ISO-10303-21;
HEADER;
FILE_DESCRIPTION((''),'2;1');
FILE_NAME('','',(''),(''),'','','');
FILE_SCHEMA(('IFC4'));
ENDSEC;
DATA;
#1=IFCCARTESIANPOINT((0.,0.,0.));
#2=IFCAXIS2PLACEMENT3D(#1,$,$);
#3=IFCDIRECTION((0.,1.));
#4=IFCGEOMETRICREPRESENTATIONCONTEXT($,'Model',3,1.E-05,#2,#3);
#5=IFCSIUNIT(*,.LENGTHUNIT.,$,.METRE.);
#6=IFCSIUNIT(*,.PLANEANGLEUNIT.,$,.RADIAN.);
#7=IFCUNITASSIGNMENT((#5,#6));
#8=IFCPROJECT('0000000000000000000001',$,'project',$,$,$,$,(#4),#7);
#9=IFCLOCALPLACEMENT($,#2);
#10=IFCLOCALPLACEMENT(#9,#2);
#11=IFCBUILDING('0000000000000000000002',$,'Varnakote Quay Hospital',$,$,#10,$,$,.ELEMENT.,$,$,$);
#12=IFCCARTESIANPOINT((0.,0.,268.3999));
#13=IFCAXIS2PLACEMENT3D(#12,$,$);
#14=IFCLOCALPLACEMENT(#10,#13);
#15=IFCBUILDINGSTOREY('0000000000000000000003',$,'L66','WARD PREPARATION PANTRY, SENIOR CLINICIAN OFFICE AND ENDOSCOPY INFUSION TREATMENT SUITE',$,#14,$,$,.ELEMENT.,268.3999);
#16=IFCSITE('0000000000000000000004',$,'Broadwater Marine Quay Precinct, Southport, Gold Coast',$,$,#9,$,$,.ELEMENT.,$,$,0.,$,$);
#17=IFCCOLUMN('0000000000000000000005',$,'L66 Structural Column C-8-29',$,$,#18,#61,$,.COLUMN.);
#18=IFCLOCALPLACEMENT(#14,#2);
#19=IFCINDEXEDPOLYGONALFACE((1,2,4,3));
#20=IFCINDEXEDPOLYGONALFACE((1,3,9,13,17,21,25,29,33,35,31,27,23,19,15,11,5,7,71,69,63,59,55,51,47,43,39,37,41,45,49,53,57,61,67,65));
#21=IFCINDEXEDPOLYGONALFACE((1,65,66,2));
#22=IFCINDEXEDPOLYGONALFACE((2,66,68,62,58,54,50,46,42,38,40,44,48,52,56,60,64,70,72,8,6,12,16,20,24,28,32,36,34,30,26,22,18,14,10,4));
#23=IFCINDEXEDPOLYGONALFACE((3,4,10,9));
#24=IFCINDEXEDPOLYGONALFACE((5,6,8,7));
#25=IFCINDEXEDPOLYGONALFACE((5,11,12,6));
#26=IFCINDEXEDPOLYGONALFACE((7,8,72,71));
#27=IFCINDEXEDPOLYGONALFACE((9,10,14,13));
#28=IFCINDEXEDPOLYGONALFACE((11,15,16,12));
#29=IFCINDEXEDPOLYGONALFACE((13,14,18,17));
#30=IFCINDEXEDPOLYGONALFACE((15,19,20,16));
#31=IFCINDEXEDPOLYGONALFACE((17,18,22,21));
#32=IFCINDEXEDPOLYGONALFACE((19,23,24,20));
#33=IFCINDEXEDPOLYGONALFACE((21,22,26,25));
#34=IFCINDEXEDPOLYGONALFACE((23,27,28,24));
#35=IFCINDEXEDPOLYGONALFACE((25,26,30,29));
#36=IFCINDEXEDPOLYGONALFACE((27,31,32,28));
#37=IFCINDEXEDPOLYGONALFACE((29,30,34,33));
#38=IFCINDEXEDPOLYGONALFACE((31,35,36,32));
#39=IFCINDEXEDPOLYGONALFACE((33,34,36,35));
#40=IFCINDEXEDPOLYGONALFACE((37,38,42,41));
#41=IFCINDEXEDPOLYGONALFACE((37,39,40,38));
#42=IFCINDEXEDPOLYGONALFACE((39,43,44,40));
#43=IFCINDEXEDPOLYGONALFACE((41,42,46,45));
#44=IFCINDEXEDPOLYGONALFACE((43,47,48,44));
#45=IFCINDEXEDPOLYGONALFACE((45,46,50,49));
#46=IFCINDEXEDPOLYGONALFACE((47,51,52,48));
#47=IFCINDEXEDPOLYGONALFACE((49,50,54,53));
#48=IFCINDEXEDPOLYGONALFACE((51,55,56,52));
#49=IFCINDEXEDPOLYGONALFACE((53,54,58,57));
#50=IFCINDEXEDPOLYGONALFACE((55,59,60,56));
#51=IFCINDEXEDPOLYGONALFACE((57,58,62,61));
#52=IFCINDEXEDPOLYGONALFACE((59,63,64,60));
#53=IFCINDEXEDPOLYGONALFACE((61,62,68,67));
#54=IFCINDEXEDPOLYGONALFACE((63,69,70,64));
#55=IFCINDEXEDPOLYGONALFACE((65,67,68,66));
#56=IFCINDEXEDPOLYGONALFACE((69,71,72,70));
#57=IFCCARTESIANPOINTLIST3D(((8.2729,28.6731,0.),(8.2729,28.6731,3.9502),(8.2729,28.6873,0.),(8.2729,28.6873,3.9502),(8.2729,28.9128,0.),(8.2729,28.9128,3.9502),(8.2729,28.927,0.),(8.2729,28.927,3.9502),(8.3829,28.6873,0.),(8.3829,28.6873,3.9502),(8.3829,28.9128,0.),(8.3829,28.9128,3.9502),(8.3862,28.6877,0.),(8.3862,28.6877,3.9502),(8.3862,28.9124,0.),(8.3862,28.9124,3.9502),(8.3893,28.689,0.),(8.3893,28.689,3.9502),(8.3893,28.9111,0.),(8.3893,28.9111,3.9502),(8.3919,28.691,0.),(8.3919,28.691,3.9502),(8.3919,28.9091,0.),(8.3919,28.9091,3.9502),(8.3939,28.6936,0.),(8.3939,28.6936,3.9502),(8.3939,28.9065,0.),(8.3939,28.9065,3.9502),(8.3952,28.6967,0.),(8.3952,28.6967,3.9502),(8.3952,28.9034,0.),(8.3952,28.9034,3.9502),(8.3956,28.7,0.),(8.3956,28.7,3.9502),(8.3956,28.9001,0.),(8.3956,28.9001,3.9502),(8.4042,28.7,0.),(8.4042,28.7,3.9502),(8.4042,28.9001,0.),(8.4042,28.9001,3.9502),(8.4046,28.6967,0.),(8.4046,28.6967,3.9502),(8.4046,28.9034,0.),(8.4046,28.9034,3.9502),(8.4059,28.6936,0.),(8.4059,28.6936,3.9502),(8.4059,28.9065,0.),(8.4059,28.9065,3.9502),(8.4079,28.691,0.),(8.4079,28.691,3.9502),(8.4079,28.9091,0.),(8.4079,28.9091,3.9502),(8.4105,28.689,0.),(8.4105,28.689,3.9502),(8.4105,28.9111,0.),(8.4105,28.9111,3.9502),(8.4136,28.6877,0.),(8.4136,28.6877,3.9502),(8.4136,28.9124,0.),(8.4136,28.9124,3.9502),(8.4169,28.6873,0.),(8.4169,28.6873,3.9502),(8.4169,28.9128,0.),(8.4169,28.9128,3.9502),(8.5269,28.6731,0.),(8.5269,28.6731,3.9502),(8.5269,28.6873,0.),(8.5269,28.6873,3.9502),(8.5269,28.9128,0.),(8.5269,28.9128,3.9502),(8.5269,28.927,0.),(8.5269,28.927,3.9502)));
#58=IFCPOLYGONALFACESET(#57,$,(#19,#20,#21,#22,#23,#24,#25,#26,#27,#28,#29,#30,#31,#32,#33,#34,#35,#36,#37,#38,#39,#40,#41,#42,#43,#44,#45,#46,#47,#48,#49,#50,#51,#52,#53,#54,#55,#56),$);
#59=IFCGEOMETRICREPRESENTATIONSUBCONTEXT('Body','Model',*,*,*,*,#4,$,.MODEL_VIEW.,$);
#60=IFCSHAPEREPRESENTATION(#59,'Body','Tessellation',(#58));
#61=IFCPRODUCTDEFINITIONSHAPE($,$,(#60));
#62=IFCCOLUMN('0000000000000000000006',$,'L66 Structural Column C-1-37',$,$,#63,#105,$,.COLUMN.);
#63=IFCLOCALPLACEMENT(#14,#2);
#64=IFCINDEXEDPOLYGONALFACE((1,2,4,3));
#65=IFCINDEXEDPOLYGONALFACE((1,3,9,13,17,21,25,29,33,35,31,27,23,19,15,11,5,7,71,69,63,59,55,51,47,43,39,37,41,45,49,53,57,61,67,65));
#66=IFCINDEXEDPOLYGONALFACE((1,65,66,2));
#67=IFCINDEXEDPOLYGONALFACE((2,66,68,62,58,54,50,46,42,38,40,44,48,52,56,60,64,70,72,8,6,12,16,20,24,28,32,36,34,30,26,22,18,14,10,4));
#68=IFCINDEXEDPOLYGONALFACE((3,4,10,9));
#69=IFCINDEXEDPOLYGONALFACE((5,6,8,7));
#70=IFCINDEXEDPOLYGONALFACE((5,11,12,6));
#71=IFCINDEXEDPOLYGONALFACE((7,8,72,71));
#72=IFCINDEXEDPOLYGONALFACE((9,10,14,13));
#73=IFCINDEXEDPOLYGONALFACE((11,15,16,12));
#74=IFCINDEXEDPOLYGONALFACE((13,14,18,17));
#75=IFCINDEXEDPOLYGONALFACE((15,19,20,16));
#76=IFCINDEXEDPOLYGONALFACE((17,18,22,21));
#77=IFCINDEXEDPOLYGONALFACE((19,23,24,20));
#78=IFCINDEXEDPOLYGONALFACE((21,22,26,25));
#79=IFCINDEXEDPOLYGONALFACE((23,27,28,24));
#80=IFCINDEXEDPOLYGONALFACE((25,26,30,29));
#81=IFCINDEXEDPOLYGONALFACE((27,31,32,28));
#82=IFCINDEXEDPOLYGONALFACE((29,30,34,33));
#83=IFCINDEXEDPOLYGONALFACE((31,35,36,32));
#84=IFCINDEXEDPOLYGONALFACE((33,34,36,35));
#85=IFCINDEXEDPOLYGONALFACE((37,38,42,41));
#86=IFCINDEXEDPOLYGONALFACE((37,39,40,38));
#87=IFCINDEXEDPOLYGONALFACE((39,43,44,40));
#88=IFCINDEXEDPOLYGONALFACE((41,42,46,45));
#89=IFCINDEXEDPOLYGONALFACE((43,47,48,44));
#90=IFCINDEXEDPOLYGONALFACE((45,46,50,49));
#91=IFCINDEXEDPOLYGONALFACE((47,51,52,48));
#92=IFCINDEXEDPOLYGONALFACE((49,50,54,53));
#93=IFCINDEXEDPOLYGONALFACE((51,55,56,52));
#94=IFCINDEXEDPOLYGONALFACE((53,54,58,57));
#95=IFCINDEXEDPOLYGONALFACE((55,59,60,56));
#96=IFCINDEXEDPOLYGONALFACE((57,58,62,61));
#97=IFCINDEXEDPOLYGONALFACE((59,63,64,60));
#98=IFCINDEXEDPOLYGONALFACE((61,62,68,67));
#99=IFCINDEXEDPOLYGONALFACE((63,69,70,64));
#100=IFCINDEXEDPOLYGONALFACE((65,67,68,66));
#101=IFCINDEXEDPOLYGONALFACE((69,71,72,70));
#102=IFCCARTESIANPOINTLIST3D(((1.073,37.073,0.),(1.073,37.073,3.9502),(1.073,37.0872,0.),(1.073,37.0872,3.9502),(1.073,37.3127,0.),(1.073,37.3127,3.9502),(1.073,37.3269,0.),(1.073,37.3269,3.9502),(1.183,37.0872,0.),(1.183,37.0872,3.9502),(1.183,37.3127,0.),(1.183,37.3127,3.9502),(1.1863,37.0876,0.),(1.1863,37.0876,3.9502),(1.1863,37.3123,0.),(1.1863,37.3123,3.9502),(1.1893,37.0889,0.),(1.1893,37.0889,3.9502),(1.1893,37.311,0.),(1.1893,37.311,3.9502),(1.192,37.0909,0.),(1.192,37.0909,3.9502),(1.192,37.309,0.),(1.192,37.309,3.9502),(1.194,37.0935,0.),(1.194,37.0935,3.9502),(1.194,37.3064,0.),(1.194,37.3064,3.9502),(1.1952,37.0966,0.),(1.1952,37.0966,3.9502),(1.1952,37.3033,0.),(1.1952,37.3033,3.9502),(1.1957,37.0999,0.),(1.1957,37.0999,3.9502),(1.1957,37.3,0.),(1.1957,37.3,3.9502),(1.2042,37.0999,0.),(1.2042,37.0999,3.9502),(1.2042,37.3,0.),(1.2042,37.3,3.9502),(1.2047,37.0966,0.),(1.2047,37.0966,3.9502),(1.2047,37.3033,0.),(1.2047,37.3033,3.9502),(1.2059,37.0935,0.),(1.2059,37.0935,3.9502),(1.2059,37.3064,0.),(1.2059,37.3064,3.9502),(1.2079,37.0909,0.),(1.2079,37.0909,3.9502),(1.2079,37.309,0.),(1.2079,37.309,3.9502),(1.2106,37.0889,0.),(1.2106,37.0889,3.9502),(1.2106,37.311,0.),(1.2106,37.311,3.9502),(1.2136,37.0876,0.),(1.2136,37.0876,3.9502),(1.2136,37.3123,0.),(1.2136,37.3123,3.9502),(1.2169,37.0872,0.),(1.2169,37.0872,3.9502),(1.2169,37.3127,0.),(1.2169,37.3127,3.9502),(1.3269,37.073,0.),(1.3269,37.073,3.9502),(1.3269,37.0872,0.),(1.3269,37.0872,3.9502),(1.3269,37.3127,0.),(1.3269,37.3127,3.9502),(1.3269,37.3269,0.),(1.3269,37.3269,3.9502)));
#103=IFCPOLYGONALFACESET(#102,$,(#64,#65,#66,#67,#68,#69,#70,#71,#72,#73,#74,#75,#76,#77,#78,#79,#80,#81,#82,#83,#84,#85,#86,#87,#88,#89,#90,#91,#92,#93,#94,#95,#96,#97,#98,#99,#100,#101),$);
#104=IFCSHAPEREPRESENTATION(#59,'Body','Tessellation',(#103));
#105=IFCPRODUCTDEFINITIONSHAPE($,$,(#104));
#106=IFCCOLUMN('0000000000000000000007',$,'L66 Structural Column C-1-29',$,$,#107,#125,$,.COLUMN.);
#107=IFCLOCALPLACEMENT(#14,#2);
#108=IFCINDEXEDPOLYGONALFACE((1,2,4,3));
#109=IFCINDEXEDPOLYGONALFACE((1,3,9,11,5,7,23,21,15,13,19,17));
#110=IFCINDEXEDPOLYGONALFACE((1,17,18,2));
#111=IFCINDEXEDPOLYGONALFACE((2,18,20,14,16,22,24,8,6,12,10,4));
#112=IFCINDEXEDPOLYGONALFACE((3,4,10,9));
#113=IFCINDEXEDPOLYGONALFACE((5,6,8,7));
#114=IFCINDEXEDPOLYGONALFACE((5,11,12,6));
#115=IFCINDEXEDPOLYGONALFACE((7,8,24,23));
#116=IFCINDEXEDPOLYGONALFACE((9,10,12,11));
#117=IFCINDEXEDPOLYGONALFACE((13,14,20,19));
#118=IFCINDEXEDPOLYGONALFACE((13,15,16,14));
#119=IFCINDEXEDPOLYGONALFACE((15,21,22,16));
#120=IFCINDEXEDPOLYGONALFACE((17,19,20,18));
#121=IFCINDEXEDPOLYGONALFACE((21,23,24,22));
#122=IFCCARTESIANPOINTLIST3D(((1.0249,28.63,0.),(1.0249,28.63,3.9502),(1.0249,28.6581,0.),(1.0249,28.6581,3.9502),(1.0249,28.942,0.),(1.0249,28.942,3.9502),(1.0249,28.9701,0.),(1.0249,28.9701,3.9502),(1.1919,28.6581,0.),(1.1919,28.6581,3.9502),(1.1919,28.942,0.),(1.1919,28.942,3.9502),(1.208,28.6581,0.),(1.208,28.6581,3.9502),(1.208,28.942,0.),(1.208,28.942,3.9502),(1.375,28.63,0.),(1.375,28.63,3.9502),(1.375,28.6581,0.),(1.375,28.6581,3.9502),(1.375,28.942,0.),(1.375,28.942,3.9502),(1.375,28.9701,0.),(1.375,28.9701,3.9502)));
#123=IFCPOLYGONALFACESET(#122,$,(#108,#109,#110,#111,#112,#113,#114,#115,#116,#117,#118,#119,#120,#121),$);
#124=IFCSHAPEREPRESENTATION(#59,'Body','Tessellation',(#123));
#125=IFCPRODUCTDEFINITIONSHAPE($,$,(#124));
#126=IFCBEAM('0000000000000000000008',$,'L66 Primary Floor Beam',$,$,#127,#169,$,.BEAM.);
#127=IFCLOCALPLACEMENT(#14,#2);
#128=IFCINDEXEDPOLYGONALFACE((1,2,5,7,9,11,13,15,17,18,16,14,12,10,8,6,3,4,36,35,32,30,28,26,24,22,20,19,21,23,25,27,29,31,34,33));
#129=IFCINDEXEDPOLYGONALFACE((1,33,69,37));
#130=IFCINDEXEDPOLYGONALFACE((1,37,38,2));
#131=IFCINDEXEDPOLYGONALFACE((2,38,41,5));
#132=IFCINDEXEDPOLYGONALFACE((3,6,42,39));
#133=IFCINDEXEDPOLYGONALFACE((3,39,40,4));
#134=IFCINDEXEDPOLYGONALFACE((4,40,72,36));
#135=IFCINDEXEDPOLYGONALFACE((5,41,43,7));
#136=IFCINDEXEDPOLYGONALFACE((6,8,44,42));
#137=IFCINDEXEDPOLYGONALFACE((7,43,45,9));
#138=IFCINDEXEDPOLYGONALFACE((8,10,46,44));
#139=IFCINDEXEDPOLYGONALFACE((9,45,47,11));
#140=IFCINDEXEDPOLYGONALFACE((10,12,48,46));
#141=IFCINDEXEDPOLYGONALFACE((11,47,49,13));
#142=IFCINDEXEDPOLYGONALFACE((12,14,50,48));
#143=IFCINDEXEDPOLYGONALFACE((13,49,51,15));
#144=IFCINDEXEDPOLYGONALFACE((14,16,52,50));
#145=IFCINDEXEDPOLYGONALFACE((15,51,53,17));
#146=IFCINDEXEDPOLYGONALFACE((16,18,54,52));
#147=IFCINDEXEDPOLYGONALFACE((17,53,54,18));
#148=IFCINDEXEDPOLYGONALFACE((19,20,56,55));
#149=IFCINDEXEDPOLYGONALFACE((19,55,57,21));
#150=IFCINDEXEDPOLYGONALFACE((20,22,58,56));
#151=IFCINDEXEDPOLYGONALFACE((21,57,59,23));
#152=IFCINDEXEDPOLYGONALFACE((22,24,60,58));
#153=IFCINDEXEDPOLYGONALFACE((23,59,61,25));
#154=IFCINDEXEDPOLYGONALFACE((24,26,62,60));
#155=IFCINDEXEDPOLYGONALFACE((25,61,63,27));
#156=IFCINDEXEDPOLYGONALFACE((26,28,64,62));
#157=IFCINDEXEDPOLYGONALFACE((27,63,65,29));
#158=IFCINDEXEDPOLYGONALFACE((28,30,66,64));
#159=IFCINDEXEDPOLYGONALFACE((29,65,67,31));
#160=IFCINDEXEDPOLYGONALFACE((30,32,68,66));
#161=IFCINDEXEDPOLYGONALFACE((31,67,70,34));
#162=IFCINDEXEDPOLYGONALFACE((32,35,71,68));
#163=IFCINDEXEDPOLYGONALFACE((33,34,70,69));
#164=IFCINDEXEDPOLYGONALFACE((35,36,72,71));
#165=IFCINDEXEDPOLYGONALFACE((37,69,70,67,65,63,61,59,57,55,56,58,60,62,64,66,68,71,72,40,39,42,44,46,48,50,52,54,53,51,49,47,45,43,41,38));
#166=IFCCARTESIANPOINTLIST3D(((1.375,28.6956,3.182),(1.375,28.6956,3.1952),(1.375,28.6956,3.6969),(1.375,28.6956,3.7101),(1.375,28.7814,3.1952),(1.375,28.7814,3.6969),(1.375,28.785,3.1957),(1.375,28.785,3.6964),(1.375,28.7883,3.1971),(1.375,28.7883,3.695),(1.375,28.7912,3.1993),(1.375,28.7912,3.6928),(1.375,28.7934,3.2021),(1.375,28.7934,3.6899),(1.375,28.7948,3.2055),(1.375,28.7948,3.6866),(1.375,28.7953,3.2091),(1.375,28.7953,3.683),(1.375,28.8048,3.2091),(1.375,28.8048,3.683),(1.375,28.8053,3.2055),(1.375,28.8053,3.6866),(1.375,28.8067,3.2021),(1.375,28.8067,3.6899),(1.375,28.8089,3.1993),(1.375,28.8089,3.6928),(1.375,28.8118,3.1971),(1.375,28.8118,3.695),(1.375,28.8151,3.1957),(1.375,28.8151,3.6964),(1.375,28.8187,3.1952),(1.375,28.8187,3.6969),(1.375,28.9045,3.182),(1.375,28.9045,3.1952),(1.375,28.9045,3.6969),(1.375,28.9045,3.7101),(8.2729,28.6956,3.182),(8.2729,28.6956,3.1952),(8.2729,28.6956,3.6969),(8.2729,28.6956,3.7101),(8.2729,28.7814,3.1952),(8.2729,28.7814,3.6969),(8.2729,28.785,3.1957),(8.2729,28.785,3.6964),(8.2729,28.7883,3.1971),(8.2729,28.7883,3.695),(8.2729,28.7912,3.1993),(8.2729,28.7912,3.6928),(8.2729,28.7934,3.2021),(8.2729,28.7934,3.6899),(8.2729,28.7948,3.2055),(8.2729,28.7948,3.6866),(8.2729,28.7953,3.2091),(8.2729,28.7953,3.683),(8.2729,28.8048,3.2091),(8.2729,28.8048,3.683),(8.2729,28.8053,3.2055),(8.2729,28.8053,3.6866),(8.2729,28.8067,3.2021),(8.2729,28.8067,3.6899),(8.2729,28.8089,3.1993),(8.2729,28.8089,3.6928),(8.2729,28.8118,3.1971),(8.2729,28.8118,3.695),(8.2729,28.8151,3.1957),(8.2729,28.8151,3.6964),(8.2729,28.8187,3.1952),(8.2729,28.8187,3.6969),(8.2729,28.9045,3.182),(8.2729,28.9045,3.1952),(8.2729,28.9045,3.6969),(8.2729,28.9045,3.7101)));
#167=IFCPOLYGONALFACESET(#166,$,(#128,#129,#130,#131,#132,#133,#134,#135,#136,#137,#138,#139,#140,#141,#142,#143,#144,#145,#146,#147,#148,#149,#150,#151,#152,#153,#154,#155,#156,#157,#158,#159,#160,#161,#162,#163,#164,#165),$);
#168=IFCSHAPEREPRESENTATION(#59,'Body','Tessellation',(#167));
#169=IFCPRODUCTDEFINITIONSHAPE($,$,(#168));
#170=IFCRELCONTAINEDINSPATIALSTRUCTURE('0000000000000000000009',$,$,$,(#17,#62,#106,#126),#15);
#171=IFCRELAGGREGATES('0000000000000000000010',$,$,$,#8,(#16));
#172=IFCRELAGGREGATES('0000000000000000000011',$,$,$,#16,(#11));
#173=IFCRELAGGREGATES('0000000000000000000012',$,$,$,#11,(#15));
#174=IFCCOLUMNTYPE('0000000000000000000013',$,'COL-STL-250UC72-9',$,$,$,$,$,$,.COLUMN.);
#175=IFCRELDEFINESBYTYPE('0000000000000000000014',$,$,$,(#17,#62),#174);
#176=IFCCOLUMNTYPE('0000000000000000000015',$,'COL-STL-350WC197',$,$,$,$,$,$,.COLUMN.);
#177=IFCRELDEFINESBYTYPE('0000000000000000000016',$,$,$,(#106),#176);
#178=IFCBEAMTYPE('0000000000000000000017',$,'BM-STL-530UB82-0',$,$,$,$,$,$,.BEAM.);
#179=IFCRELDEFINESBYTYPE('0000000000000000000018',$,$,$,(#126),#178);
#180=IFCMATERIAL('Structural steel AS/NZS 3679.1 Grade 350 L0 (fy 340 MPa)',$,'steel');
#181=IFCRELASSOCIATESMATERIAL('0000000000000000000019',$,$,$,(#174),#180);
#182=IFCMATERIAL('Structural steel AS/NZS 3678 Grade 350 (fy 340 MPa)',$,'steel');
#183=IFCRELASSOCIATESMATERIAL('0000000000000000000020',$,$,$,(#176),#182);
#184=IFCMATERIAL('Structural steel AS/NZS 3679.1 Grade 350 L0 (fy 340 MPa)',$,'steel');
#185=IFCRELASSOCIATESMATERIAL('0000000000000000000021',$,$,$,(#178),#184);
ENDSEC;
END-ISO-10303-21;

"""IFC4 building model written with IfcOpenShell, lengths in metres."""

from ifc_helpers import new_model, si_unit, direction, frame, origin, origin_2d, place, context, subcontext, project, spatial, i_section, extrude, material, material_profile, profile_set, type_object, element, save


model = new_model("IFC4")

# Units and contexts
model_context = context("Model", 3, precision=1e-05, world=origin(), true_north=direction((0.0, 1.0)))
body_context = subcontext(model_context, "Body", "Model", "MODEL_VIEW")
ifc_project = project(units=[si_unit("LENGTHUNIT", "METRE"), si_unit("PLANEANGLEUNIT", "RADIAN")], contexts=[model_context])

# Site, building, storey
site_placement = place(None, origin())
site = spatial("IfcSite", under=ifc_project, at=site_placement, Name="Broadwater Marine Quay Precinct, Southport, Gold Coast", CompositionType="ELEMENT", RefElevation=0.0)
building_placement = place(site_placement, origin())
building = spatial("IfcBuilding", under=site, at=building_placement, Name="Varnakote Quay Hospital", CompositionType="ELEMENT")
storey_placement = place(building_placement, frame((0.0, 0.0, 268.3999)))
storey = spatial("IfcBuildingStorey", under=building, at=storey_placement, Name="L66", Description="WARD PREPARATION PANTRY, SENIOR CLINICIAN OFFICE AND ENDOSCOPY INFUSION TREATMENT SUITE", CompositionType="ELEMENT", Elevation=268.3999)

# Columns
ifc_material_1 = material(Name="Structural steel AS/NZS 3679.1 Grade 350 L0 (fy 340 MPa)", Category="steel")
ifc_material_profile_1 = material_profile(ifc_material_1, i_section(OverallWidth=0.2539, OverallDepth=0.2539, WebThickness=0.0085, FlangeThickness=0.0142, FilletRadius=0.0127, at=origin_2d()), Name="250UC72.9")
ifc_profile_set_1 = profile_set([ifc_material_profile_1], Name="Structural steel AS/NZS 3679.1 Grade 350 L0 (fy 340 MPa)")
column_type_1 = type_object("IfcColumnType", Name="COL-STL-250UC72-9", PredefinedType="COLUMN", material=ifc_profile_set_1)
for number, where, z_axis, x_axis, name in (
    (1, (8.3999, 28.8, 0.0), (0.0, 0.0, 1.0), (1.0, 0.0, 0.0), "L66 Structural Column C-8-29"),
    (2, (1.2, 37.2, 0.0), (0.0, 0.0, 1.0), (1.0, 0.0, 0.0), "L66 Structural Column C-1-37"),
):
    element("IfcColumn", number, at=place(storey_placement, frame(where, z_axis=z_axis, x_axis=x_axis)), inside=storey, type_object=column_type_1, Name=name, PredefinedType="COLUMN", context=body_context, shape_type="SweptSolid", body=[
        extrude(i_section(OverallWidth=0.2539, OverallDepth=0.2539, WebThickness=0.0085, FlangeThickness=0.0142, FilletRadius=0.0127, at=origin_2d()), origin(), (0.0, 0.0, 1.0), 3.9502),
    ])
ifc_material_2 = material(Name="Structural steel AS/NZS 3678 Grade 350 (fy 340 MPa)", Category="steel")
ifc_material_profile_2 = material_profile(ifc_material_2, i_section(OverallWidth=0.3501, OverallDepth=0.3401, WebThickness=0.0161, FlangeThickness=0.0281, at=origin_2d()), Name="350WC197")
ifc_profile_set_2 = profile_set([ifc_material_profile_2], Name="Structural steel AS/NZS 3678 Grade 350 (fy 340 MPa)")
column_type_2 = type_object("IfcColumnType", Name="COL-STL-350WC197", PredefinedType="COLUMN", material=ifc_profile_set_2)
column_placement = place(storey_placement, frame((1.2, 28.8, 0.0), z_axis=(0.0, 0.0, 1.0), x_axis=(1.0, 0.0, 0.0)))
element("IfcColumn", 3, at=column_placement, inside=storey, type_object=column_type_2, Name="L66 Structural Column C-1-29", PredefinedType="COLUMN", context=body_context, shape_type="SweptSolid", body=[
    extrude(i_section(OverallWidth=0.3501, OverallDepth=0.3401, WebThickness=0.0161, FlangeThickness=0.0281, at=origin_2d()), origin(), (0.0, 0.0, 1.0), 3.9502),
])

# Beam
ifc_material_3 = material(Name="Structural steel AS/NZS 3679.1 Grade 350 L0 (fy 340 MPa)", Category="steel")
ifc_material_profile_3 = material_profile(ifc_material_3, i_section(OverallWidth=0.209, OverallDepth=0.5281, WebThickness=0.0095, FlangeThickness=0.0132, FilletRadius=0.0139, at=origin_2d()), Name="530UB82.0")
ifc_profile_set_3 = profile_set([ifc_material_profile_3], Name="Structural steel AS/NZS 3679.1 Grade 350 L0 (fy 340 MPa)")
beam_type_1 = type_object("IfcBeamType", Name="BM-STL-530UB82-0", PredefinedType="BEAM", material=ifc_profile_set_3)
beam_1_placement = place(storey_placement, frame((1.375, 28.8, 3.446), z_axis=(1.0, 0.0, 0.0), x_axis=(0.0, 1.0, 0.0)))
element("IfcBeam", 4, at=beam_1_placement, inside=storey, type_object=beam_type_1, Name="L66 Primary Floor Beam", PredefinedType="BEAM", context=body_context, shape_type="SweptSolid", body=[
    extrude(i_section(OverallWidth=0.209, OverallDepth=0.5281, WebThickness=0.0095, FlangeThickness=0.0132, FilletRadius=0.0139, at=origin_2d()), origin(), (0.0, 0.0, 1.0), 6.8979),
])

save(model, "model.ifc")
